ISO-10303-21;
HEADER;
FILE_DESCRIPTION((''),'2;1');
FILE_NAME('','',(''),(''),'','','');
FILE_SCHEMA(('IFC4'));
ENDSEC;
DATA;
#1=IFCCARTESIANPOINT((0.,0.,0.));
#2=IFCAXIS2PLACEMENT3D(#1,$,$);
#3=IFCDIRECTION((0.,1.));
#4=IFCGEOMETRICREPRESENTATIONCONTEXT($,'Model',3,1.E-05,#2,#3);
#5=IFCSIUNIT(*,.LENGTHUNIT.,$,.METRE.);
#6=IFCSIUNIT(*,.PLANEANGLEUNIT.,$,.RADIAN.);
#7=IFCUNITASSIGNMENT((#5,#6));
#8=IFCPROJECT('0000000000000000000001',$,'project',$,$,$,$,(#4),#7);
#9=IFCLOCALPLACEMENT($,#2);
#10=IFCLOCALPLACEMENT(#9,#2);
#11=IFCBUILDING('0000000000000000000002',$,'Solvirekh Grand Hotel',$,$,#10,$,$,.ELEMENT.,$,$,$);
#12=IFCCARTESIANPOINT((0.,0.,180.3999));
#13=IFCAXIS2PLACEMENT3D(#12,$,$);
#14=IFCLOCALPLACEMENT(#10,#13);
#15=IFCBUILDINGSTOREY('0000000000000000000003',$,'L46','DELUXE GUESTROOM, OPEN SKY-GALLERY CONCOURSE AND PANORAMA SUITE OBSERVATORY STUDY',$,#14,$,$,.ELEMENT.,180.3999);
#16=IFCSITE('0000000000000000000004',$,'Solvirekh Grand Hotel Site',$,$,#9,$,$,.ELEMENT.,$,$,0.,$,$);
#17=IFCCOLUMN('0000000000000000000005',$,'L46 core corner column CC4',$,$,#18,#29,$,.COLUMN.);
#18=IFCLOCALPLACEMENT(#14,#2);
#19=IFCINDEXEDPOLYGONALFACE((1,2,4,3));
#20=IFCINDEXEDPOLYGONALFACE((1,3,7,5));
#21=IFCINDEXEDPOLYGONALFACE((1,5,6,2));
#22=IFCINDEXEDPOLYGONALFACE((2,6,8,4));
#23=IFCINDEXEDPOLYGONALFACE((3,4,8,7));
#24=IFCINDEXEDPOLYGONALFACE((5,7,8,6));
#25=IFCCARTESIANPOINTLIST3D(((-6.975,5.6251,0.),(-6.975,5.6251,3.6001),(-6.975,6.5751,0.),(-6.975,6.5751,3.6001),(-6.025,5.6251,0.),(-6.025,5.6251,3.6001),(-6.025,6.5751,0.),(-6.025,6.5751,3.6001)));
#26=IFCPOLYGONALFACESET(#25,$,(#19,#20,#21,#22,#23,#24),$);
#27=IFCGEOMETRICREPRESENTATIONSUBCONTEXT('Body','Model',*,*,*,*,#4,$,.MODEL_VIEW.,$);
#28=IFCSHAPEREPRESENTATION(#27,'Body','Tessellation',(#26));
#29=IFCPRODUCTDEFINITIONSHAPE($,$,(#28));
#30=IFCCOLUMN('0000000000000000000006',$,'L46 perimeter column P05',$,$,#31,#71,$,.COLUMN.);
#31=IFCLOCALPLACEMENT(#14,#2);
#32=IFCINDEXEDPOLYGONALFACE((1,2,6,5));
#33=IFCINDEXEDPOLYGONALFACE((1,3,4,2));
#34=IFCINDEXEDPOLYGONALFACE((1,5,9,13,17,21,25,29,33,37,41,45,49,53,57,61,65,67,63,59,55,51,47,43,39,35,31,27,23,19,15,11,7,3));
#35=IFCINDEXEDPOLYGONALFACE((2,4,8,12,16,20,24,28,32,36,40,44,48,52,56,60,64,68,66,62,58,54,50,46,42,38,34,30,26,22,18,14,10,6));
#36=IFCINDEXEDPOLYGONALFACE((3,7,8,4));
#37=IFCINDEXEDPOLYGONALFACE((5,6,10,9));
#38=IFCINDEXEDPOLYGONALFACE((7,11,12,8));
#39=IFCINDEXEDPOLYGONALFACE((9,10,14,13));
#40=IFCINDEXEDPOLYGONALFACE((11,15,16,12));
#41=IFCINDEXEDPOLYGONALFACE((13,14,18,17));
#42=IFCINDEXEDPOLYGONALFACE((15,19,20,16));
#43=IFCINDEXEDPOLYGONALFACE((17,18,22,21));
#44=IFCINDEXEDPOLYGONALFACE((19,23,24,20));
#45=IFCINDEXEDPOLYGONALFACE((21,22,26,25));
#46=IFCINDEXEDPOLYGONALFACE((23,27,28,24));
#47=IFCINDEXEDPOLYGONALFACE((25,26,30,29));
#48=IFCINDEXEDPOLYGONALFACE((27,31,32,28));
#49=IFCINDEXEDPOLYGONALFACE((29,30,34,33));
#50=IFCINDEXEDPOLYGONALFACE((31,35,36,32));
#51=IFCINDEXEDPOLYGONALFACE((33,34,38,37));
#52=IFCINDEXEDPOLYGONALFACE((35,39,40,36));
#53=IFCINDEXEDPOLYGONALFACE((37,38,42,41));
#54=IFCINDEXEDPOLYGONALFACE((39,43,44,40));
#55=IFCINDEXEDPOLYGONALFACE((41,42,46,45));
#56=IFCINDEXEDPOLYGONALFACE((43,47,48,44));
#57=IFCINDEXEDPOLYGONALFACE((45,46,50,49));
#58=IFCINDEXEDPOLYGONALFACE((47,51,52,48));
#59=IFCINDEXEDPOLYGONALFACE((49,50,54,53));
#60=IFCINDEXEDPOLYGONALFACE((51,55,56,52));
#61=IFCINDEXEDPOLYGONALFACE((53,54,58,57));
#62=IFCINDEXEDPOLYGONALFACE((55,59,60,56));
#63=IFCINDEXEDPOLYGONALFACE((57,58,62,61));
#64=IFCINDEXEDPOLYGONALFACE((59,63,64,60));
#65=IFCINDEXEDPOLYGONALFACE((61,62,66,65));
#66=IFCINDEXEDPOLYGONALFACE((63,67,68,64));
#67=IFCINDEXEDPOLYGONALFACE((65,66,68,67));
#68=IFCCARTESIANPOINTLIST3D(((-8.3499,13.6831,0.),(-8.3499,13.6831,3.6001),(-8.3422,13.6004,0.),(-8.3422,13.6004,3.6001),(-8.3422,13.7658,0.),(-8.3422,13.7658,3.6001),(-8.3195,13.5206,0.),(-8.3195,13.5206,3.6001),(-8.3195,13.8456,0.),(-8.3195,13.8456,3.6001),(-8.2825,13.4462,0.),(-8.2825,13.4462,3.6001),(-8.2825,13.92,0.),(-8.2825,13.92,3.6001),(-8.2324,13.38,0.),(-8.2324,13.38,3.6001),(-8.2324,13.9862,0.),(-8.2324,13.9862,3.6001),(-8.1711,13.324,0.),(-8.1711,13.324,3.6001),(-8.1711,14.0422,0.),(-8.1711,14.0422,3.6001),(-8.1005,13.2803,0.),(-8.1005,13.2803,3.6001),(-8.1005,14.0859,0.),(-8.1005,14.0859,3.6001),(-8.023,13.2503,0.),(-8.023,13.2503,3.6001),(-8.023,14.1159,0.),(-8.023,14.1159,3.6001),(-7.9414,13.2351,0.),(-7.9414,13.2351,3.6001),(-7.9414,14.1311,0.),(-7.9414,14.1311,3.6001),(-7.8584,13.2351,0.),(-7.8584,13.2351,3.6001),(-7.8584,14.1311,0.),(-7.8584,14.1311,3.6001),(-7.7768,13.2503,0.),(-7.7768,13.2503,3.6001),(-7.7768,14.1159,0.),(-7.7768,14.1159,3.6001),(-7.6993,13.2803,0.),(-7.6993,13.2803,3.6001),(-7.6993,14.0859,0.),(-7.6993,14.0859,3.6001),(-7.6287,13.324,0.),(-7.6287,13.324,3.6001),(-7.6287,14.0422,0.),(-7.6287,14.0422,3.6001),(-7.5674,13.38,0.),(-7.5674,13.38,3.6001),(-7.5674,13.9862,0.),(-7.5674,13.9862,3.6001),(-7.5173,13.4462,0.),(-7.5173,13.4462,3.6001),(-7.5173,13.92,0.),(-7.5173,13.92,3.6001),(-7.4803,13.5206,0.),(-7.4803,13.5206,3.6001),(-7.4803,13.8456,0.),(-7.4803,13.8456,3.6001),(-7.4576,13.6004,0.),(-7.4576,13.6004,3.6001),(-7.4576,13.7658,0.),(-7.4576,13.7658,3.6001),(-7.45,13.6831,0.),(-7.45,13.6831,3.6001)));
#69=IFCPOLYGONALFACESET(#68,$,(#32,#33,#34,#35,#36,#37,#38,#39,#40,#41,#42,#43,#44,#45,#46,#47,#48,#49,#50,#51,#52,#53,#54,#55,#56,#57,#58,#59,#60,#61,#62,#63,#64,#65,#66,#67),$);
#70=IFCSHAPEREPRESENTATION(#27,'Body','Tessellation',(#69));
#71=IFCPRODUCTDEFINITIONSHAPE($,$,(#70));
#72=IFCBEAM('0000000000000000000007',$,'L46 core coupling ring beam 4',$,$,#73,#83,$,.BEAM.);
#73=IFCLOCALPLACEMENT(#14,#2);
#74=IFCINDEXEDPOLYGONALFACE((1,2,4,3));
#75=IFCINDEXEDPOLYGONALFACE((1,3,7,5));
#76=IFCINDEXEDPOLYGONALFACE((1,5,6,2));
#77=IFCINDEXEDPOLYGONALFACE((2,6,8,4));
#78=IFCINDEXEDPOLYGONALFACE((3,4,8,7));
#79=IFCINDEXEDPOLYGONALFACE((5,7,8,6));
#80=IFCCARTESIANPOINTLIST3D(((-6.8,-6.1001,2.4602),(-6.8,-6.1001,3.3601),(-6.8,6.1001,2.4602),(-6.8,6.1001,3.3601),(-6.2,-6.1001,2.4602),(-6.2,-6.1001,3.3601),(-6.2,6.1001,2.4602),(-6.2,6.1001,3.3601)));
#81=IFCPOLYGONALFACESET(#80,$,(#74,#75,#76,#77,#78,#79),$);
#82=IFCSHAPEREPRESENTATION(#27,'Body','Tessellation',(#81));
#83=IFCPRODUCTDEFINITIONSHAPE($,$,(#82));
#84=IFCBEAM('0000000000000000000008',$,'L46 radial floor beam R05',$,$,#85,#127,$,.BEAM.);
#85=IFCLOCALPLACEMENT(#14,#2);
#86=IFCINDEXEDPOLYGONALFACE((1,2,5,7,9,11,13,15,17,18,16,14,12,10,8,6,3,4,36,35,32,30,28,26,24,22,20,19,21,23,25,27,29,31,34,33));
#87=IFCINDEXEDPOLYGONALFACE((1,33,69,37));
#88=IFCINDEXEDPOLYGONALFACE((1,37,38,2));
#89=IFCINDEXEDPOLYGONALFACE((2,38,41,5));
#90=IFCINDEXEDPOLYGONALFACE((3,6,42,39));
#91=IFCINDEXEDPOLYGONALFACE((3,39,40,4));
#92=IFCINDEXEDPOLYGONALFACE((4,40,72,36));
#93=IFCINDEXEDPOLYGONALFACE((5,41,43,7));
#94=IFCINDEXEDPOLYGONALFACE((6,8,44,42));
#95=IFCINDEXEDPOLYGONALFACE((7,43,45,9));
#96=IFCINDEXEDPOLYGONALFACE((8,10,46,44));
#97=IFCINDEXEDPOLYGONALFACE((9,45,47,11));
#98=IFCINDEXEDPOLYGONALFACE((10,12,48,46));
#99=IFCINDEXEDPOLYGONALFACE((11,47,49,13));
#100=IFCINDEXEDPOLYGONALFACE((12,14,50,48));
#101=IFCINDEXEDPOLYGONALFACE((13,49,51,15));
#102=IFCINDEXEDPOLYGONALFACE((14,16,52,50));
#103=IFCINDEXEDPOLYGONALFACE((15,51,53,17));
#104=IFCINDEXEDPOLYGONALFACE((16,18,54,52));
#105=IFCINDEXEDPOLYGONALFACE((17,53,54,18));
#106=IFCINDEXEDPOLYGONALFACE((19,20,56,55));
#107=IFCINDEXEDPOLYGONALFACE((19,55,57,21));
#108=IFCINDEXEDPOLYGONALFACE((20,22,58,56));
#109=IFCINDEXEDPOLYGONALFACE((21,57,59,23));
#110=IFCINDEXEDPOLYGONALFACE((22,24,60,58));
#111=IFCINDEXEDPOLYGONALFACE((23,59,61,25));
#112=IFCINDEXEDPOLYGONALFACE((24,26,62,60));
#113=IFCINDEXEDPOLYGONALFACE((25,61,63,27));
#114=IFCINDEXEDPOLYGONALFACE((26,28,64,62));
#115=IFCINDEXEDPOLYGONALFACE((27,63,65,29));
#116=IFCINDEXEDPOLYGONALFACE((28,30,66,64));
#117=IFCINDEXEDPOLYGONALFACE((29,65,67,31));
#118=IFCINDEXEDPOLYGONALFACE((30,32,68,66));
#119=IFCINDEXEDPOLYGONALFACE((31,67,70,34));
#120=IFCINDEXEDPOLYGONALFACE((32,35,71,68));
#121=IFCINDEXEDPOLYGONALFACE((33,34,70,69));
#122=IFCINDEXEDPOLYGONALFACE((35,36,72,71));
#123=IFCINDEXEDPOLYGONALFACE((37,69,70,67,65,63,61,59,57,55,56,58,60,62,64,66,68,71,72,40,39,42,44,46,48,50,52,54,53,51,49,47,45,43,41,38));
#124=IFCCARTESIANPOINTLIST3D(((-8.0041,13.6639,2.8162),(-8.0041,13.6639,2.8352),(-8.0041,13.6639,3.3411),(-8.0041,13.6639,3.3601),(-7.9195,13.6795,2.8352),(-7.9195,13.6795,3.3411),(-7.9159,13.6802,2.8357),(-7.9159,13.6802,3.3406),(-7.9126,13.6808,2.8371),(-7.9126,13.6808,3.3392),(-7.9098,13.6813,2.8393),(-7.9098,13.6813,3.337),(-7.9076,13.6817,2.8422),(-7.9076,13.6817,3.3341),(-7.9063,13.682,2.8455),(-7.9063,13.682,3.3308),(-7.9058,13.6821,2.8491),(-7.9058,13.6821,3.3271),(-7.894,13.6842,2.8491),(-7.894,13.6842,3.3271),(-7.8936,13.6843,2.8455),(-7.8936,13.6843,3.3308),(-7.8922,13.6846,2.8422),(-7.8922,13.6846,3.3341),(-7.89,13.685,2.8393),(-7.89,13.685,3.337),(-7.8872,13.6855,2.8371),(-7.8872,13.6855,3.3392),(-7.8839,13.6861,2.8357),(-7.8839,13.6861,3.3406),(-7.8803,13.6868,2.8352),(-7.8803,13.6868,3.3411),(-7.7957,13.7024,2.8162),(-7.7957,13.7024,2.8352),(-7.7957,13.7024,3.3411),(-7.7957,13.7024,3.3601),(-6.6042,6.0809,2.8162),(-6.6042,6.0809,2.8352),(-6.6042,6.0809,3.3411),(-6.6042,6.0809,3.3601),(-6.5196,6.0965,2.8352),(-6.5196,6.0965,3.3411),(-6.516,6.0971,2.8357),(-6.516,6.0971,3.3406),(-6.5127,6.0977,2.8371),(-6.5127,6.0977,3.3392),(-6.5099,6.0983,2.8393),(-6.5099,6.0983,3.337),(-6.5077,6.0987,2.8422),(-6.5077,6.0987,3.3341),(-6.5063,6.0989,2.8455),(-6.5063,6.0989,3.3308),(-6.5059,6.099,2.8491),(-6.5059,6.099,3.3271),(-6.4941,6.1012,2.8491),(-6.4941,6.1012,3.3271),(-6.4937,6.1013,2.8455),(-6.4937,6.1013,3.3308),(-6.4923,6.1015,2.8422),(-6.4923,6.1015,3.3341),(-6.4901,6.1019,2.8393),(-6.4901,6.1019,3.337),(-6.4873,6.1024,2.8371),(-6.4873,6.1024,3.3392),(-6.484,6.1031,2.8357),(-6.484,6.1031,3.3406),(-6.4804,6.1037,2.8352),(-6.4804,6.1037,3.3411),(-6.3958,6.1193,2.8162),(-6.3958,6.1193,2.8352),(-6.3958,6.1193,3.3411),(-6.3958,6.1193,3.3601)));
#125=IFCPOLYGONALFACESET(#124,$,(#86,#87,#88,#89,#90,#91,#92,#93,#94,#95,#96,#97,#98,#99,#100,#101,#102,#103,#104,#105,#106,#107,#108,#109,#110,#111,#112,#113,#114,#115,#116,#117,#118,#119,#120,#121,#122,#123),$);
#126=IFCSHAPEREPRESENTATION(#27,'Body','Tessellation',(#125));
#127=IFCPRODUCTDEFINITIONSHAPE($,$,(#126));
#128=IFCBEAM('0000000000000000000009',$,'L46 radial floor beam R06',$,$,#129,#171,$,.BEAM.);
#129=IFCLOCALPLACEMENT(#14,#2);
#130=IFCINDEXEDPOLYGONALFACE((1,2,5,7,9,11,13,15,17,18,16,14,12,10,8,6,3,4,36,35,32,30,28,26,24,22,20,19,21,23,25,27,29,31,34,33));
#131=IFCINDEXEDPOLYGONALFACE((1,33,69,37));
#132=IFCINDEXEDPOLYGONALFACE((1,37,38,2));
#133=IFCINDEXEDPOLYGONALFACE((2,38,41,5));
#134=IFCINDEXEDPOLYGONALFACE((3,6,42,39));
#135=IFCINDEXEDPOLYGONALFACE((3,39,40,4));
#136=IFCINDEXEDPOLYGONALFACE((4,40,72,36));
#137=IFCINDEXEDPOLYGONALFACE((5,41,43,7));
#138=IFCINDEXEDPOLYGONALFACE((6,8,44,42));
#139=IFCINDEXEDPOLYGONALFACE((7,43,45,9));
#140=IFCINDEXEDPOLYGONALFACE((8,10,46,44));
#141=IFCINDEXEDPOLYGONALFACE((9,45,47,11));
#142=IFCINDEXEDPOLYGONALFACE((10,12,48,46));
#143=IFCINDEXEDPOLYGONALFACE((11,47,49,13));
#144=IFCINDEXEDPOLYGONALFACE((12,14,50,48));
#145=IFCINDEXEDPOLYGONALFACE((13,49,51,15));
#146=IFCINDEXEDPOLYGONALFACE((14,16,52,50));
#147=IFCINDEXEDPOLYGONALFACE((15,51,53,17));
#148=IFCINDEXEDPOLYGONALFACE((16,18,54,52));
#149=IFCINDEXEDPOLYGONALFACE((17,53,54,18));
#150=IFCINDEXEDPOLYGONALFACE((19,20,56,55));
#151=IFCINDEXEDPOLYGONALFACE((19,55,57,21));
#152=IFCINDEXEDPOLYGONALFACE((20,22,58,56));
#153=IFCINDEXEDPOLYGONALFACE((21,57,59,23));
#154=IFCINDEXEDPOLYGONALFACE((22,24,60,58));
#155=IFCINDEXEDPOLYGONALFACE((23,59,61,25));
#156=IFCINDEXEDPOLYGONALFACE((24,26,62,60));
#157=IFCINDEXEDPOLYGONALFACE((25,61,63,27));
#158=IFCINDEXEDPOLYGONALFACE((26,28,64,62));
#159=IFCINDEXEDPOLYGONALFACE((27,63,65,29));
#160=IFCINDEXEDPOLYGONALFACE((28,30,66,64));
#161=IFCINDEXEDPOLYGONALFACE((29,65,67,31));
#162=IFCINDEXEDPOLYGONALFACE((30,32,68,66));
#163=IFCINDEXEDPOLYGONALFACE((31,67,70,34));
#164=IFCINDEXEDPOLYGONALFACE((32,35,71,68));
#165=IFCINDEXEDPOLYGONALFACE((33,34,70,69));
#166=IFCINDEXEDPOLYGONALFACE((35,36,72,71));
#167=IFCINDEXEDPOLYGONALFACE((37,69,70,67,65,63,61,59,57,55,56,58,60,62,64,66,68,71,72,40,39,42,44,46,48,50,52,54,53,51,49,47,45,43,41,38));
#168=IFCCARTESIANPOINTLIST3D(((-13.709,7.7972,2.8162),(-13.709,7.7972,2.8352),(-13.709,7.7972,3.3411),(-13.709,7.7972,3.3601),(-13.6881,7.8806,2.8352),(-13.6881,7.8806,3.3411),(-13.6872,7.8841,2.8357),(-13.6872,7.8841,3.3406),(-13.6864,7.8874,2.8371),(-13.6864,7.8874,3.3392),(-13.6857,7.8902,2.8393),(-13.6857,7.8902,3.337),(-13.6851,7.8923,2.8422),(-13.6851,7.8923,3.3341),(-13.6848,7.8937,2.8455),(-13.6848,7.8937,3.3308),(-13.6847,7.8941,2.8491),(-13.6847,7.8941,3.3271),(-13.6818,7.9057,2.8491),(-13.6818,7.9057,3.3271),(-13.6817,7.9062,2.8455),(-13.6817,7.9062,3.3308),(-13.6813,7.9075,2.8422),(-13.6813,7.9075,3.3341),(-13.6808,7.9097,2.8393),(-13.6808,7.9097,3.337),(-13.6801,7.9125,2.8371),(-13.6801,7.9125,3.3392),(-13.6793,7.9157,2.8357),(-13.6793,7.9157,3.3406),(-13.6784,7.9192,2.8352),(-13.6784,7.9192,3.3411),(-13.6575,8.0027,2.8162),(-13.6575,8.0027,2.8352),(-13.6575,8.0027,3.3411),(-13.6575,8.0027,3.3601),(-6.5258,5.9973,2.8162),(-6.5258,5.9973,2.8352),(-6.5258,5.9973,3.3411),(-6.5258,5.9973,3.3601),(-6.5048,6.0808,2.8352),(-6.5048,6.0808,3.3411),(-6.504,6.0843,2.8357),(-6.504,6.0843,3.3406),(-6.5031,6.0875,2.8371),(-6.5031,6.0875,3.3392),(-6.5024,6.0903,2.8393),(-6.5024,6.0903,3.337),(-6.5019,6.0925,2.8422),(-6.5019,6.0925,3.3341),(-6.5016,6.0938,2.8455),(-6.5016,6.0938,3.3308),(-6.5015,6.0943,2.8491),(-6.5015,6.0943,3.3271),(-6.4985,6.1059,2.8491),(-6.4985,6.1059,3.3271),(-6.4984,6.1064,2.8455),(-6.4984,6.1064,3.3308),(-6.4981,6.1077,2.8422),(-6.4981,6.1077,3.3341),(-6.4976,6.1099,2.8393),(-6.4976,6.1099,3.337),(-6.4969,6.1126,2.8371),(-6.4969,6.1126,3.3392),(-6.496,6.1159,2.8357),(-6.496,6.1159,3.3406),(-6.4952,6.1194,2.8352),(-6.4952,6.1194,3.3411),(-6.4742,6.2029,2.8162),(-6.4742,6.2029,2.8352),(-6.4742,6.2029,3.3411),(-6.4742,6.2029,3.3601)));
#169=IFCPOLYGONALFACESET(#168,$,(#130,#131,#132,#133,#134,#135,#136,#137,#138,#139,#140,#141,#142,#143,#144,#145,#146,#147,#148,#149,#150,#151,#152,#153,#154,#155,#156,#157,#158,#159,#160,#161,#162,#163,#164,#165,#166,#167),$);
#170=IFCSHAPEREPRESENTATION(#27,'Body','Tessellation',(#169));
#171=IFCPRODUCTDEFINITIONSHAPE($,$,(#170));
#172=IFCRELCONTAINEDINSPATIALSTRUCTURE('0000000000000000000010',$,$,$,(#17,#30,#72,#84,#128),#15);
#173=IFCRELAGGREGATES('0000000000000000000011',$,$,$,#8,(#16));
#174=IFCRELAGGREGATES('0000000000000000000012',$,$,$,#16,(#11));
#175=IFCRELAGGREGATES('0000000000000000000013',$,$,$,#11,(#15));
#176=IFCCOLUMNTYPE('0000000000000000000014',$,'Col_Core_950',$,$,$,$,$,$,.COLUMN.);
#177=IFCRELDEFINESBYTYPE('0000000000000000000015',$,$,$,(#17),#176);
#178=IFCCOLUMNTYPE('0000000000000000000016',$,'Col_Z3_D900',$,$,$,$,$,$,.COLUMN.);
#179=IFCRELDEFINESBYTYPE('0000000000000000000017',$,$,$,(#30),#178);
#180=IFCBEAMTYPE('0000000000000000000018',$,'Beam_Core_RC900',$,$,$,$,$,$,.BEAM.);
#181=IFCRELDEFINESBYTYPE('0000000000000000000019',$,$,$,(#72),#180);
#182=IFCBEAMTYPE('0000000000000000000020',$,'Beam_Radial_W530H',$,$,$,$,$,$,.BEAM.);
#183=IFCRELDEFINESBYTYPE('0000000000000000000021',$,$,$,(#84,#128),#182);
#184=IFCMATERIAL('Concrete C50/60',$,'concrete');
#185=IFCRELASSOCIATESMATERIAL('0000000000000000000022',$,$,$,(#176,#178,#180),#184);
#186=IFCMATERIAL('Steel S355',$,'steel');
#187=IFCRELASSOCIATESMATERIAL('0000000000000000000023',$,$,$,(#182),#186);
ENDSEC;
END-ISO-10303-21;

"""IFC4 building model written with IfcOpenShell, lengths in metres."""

from ifc_helpers import new_model, si_unit, direction, frame, origin, origin_2d, place, context, subcontext, project, spatial, rectangle, circle, i_section, extrude, material, material_profile, profile_set, type_object, element, save


model = new_model("IFC4")

# Units and contexts
model_context = context("Model", 3, precision=1e-05, world=origin(), true_north=direction((0.0, 1.0)))
body_context = subcontext(model_context, "Body", "Model", "MODEL_VIEW")
ifc_project = project(units=[si_unit("LENGTHUNIT", "METRE"), si_unit("PLANEANGLEUNIT", "RADIAN")], contexts=[model_context])

# Site, building, storey
site_placement = place(None, origin())
site = spatial("IfcSite", under=ifc_project, at=site_placement, Name="Solvirekh Grand Hotel Site", CompositionType="ELEMENT", RefElevation=0.0)
building_placement = place(site_placement, origin())
building = spatial("IfcBuilding", under=site, at=building_placement, Name="Solvirekh Grand Hotel", CompositionType="ELEMENT")
storey_placement = place(building_placement, frame((0.0, 0.0, 180.3999)))
storey = spatial("IfcBuildingStorey", under=building, at=storey_placement, Name="L46", Description="DELUXE GUESTROOM, OPEN SKY-GALLERY CONCOURSE AND PANORAMA SUITE OBSERVATORY STUDY", CompositionType="ELEMENT", Elevation=180.3999)

# Columns
ifc_material_1 = material(Name="Concrete C50/60", Category="concrete")
ifc_material_profile_1 = material_profile(ifc_material_1, rectangle(XDim=0.95, YDim=0.95, at=origin_2d()), Name="RC 950X950")
ifc_profile_set_1 = profile_set([ifc_material_profile_1], Name="Concrete C50/60")
column_type_1 = type_object("IfcColumnType", Name="Col_Core_950", PredefinedType="COLUMN", material=ifc_profile_set_1)
column_1_placement = place(storey_placement, frame((-6.5, 6.1001, 0.0), z_axis=(0.0, 0.0, 1.0), x_axis=(1.0, 0.0, 0.0)))
element("IfcColumn", 1, at=column_1_placement, inside=storey, type_object=column_type_1, Name="L46 core corner column CC4", PredefinedType="COLUMN", context=body_context, shape_type="SweptSolid", body=[
    extrude(rectangle(XDim=0.95, YDim=0.95, at=origin_2d()), origin(), (0.0, 0.0, 1.0), 3.6001),
])
ifc_material_profile_2 = material_profile(ifc_material_1, circle(Radius=0.45, at=origin_2d()), Name="RC CIRC D900")
ifc_profile_set_2 = profile_set([ifc_material_profile_2], Name="Concrete C50/60")
column_type_2 = type_object("IfcColumnType", Name="Col_Z3_D900", PredefinedType="COLUMN", material=ifc_profile_set_2)
column_2_placement = place(storey_placement, frame((-7.8999, 13.6831, 0.0), z_axis=(0.0, 0.0, 1.0), x_axis=(1.0, 0.0, 0.0)))
element("IfcColumn", 2, at=column_2_placement, inside=storey, type_object=column_type_2, Name="L46 perimeter column P05", PredefinedType="COLUMN", context=body_context, shape_type="SweptSolid", body=[
    extrude(circle(Radius=0.45, at=origin_2d()), origin(), (0.0, 0.0, 1.0), 3.6001),
])

# Beams
ifc_material_profile_3 = material_profile(ifc_material_1, rectangle(XDim=0.6001, YDim=0.8999, at=origin_2d()), Name="RC BEAM 600X900")
ifc_profile_set_3 = profile_set([ifc_material_profile_3], Name="Concrete C50/60")
beam_type_1 = type_object("IfcBeamType", Name="Beam_Core_RC900", PredefinedType="BEAM", material=ifc_profile_set_3)
beam_1_placement = place(storey_placement, frame((-6.5, 6.1001, 2.9102), z_axis=(0.0, -1.0, 0.0), x_axis=(1.0, 0.0, 0.0)))
element("IfcBeam", 3, at=beam_1_placement, inside=storey, type_object=beam_type_1, Name="L46 core coupling ring beam 4", PredefinedType="BEAM", context=body_context, shape_type="SweptSolid", body=[
    extrude(rectangle(XDim=0.6001, YDim=0.8999, at=origin_2d()), origin(), (0.0, 0.0, 1.0), 12.2002),
])
ifc_material_2 = material(Name="Steel S355", Category="steel")
ifc_material_profile_4 = material_profile(ifc_material_2, i_section(OverallWidth=0.2119, OverallDepth=0.5439, WebThickness=0.012, FlangeThickness=0.019, FilletRadius=0.0139, at=origin_2d()), Name="W530X123")
ifc_profile_set_4 = profile_set([ifc_material_profile_4], Name="Steel S355")
beam_type_2 = type_object("IfcBeamType", Name="Beam_Radial_W530H", PredefinedType="BEAM", material=ifc_profile_set_4)
beam_2_placement = place(storey_placement, frame((-6.5, 6.1001, 3.0881), z_axis=(-0.181543, 0.983383, 0.0), x_axis=(-0.983383, -0.181543, 0.0)))
element("IfcBeam", 4, at=beam_2_placement, inside=storey, type_object=beam_type_2, Name="L46 radial floor beam R05", PredefinedType="BEAM", context=body_context, shape_type="SweptSolid", body=[
    extrude(i_section(OverallWidth=0.2119, OverallDepth=0.5439, WebThickness=0.012, FlangeThickness=0.019, FilletRadius=0.0139, at=origin_2d()), origin(), (0.0, 0.0, 1.0), 7.7112),
])
beam_3_placement = place(storey_placement, frame((-6.5, 6.1001, 3.0881), z_axis=(-0.970014, 0.243048, 0.0), x_axis=(-0.243048, -0.970014, 0.0)))
element("IfcBeam", 5, at=beam_3_placement, inside=storey, type_object=beam_type_2, Name="L46 radial floor beam R06", PredefinedType="BEAM", context=body_context, shape_type="SweptSolid", body=[
    extrude(i_section(OverallWidth=0.2119, OverallDepth=0.5439, WebThickness=0.012, FlangeThickness=0.019, FilletRadius=0.0139, at=origin_2d()), origin(), (0.0, 0.0, 1.0), 7.4053),
])

save(model, "model.ifc")
